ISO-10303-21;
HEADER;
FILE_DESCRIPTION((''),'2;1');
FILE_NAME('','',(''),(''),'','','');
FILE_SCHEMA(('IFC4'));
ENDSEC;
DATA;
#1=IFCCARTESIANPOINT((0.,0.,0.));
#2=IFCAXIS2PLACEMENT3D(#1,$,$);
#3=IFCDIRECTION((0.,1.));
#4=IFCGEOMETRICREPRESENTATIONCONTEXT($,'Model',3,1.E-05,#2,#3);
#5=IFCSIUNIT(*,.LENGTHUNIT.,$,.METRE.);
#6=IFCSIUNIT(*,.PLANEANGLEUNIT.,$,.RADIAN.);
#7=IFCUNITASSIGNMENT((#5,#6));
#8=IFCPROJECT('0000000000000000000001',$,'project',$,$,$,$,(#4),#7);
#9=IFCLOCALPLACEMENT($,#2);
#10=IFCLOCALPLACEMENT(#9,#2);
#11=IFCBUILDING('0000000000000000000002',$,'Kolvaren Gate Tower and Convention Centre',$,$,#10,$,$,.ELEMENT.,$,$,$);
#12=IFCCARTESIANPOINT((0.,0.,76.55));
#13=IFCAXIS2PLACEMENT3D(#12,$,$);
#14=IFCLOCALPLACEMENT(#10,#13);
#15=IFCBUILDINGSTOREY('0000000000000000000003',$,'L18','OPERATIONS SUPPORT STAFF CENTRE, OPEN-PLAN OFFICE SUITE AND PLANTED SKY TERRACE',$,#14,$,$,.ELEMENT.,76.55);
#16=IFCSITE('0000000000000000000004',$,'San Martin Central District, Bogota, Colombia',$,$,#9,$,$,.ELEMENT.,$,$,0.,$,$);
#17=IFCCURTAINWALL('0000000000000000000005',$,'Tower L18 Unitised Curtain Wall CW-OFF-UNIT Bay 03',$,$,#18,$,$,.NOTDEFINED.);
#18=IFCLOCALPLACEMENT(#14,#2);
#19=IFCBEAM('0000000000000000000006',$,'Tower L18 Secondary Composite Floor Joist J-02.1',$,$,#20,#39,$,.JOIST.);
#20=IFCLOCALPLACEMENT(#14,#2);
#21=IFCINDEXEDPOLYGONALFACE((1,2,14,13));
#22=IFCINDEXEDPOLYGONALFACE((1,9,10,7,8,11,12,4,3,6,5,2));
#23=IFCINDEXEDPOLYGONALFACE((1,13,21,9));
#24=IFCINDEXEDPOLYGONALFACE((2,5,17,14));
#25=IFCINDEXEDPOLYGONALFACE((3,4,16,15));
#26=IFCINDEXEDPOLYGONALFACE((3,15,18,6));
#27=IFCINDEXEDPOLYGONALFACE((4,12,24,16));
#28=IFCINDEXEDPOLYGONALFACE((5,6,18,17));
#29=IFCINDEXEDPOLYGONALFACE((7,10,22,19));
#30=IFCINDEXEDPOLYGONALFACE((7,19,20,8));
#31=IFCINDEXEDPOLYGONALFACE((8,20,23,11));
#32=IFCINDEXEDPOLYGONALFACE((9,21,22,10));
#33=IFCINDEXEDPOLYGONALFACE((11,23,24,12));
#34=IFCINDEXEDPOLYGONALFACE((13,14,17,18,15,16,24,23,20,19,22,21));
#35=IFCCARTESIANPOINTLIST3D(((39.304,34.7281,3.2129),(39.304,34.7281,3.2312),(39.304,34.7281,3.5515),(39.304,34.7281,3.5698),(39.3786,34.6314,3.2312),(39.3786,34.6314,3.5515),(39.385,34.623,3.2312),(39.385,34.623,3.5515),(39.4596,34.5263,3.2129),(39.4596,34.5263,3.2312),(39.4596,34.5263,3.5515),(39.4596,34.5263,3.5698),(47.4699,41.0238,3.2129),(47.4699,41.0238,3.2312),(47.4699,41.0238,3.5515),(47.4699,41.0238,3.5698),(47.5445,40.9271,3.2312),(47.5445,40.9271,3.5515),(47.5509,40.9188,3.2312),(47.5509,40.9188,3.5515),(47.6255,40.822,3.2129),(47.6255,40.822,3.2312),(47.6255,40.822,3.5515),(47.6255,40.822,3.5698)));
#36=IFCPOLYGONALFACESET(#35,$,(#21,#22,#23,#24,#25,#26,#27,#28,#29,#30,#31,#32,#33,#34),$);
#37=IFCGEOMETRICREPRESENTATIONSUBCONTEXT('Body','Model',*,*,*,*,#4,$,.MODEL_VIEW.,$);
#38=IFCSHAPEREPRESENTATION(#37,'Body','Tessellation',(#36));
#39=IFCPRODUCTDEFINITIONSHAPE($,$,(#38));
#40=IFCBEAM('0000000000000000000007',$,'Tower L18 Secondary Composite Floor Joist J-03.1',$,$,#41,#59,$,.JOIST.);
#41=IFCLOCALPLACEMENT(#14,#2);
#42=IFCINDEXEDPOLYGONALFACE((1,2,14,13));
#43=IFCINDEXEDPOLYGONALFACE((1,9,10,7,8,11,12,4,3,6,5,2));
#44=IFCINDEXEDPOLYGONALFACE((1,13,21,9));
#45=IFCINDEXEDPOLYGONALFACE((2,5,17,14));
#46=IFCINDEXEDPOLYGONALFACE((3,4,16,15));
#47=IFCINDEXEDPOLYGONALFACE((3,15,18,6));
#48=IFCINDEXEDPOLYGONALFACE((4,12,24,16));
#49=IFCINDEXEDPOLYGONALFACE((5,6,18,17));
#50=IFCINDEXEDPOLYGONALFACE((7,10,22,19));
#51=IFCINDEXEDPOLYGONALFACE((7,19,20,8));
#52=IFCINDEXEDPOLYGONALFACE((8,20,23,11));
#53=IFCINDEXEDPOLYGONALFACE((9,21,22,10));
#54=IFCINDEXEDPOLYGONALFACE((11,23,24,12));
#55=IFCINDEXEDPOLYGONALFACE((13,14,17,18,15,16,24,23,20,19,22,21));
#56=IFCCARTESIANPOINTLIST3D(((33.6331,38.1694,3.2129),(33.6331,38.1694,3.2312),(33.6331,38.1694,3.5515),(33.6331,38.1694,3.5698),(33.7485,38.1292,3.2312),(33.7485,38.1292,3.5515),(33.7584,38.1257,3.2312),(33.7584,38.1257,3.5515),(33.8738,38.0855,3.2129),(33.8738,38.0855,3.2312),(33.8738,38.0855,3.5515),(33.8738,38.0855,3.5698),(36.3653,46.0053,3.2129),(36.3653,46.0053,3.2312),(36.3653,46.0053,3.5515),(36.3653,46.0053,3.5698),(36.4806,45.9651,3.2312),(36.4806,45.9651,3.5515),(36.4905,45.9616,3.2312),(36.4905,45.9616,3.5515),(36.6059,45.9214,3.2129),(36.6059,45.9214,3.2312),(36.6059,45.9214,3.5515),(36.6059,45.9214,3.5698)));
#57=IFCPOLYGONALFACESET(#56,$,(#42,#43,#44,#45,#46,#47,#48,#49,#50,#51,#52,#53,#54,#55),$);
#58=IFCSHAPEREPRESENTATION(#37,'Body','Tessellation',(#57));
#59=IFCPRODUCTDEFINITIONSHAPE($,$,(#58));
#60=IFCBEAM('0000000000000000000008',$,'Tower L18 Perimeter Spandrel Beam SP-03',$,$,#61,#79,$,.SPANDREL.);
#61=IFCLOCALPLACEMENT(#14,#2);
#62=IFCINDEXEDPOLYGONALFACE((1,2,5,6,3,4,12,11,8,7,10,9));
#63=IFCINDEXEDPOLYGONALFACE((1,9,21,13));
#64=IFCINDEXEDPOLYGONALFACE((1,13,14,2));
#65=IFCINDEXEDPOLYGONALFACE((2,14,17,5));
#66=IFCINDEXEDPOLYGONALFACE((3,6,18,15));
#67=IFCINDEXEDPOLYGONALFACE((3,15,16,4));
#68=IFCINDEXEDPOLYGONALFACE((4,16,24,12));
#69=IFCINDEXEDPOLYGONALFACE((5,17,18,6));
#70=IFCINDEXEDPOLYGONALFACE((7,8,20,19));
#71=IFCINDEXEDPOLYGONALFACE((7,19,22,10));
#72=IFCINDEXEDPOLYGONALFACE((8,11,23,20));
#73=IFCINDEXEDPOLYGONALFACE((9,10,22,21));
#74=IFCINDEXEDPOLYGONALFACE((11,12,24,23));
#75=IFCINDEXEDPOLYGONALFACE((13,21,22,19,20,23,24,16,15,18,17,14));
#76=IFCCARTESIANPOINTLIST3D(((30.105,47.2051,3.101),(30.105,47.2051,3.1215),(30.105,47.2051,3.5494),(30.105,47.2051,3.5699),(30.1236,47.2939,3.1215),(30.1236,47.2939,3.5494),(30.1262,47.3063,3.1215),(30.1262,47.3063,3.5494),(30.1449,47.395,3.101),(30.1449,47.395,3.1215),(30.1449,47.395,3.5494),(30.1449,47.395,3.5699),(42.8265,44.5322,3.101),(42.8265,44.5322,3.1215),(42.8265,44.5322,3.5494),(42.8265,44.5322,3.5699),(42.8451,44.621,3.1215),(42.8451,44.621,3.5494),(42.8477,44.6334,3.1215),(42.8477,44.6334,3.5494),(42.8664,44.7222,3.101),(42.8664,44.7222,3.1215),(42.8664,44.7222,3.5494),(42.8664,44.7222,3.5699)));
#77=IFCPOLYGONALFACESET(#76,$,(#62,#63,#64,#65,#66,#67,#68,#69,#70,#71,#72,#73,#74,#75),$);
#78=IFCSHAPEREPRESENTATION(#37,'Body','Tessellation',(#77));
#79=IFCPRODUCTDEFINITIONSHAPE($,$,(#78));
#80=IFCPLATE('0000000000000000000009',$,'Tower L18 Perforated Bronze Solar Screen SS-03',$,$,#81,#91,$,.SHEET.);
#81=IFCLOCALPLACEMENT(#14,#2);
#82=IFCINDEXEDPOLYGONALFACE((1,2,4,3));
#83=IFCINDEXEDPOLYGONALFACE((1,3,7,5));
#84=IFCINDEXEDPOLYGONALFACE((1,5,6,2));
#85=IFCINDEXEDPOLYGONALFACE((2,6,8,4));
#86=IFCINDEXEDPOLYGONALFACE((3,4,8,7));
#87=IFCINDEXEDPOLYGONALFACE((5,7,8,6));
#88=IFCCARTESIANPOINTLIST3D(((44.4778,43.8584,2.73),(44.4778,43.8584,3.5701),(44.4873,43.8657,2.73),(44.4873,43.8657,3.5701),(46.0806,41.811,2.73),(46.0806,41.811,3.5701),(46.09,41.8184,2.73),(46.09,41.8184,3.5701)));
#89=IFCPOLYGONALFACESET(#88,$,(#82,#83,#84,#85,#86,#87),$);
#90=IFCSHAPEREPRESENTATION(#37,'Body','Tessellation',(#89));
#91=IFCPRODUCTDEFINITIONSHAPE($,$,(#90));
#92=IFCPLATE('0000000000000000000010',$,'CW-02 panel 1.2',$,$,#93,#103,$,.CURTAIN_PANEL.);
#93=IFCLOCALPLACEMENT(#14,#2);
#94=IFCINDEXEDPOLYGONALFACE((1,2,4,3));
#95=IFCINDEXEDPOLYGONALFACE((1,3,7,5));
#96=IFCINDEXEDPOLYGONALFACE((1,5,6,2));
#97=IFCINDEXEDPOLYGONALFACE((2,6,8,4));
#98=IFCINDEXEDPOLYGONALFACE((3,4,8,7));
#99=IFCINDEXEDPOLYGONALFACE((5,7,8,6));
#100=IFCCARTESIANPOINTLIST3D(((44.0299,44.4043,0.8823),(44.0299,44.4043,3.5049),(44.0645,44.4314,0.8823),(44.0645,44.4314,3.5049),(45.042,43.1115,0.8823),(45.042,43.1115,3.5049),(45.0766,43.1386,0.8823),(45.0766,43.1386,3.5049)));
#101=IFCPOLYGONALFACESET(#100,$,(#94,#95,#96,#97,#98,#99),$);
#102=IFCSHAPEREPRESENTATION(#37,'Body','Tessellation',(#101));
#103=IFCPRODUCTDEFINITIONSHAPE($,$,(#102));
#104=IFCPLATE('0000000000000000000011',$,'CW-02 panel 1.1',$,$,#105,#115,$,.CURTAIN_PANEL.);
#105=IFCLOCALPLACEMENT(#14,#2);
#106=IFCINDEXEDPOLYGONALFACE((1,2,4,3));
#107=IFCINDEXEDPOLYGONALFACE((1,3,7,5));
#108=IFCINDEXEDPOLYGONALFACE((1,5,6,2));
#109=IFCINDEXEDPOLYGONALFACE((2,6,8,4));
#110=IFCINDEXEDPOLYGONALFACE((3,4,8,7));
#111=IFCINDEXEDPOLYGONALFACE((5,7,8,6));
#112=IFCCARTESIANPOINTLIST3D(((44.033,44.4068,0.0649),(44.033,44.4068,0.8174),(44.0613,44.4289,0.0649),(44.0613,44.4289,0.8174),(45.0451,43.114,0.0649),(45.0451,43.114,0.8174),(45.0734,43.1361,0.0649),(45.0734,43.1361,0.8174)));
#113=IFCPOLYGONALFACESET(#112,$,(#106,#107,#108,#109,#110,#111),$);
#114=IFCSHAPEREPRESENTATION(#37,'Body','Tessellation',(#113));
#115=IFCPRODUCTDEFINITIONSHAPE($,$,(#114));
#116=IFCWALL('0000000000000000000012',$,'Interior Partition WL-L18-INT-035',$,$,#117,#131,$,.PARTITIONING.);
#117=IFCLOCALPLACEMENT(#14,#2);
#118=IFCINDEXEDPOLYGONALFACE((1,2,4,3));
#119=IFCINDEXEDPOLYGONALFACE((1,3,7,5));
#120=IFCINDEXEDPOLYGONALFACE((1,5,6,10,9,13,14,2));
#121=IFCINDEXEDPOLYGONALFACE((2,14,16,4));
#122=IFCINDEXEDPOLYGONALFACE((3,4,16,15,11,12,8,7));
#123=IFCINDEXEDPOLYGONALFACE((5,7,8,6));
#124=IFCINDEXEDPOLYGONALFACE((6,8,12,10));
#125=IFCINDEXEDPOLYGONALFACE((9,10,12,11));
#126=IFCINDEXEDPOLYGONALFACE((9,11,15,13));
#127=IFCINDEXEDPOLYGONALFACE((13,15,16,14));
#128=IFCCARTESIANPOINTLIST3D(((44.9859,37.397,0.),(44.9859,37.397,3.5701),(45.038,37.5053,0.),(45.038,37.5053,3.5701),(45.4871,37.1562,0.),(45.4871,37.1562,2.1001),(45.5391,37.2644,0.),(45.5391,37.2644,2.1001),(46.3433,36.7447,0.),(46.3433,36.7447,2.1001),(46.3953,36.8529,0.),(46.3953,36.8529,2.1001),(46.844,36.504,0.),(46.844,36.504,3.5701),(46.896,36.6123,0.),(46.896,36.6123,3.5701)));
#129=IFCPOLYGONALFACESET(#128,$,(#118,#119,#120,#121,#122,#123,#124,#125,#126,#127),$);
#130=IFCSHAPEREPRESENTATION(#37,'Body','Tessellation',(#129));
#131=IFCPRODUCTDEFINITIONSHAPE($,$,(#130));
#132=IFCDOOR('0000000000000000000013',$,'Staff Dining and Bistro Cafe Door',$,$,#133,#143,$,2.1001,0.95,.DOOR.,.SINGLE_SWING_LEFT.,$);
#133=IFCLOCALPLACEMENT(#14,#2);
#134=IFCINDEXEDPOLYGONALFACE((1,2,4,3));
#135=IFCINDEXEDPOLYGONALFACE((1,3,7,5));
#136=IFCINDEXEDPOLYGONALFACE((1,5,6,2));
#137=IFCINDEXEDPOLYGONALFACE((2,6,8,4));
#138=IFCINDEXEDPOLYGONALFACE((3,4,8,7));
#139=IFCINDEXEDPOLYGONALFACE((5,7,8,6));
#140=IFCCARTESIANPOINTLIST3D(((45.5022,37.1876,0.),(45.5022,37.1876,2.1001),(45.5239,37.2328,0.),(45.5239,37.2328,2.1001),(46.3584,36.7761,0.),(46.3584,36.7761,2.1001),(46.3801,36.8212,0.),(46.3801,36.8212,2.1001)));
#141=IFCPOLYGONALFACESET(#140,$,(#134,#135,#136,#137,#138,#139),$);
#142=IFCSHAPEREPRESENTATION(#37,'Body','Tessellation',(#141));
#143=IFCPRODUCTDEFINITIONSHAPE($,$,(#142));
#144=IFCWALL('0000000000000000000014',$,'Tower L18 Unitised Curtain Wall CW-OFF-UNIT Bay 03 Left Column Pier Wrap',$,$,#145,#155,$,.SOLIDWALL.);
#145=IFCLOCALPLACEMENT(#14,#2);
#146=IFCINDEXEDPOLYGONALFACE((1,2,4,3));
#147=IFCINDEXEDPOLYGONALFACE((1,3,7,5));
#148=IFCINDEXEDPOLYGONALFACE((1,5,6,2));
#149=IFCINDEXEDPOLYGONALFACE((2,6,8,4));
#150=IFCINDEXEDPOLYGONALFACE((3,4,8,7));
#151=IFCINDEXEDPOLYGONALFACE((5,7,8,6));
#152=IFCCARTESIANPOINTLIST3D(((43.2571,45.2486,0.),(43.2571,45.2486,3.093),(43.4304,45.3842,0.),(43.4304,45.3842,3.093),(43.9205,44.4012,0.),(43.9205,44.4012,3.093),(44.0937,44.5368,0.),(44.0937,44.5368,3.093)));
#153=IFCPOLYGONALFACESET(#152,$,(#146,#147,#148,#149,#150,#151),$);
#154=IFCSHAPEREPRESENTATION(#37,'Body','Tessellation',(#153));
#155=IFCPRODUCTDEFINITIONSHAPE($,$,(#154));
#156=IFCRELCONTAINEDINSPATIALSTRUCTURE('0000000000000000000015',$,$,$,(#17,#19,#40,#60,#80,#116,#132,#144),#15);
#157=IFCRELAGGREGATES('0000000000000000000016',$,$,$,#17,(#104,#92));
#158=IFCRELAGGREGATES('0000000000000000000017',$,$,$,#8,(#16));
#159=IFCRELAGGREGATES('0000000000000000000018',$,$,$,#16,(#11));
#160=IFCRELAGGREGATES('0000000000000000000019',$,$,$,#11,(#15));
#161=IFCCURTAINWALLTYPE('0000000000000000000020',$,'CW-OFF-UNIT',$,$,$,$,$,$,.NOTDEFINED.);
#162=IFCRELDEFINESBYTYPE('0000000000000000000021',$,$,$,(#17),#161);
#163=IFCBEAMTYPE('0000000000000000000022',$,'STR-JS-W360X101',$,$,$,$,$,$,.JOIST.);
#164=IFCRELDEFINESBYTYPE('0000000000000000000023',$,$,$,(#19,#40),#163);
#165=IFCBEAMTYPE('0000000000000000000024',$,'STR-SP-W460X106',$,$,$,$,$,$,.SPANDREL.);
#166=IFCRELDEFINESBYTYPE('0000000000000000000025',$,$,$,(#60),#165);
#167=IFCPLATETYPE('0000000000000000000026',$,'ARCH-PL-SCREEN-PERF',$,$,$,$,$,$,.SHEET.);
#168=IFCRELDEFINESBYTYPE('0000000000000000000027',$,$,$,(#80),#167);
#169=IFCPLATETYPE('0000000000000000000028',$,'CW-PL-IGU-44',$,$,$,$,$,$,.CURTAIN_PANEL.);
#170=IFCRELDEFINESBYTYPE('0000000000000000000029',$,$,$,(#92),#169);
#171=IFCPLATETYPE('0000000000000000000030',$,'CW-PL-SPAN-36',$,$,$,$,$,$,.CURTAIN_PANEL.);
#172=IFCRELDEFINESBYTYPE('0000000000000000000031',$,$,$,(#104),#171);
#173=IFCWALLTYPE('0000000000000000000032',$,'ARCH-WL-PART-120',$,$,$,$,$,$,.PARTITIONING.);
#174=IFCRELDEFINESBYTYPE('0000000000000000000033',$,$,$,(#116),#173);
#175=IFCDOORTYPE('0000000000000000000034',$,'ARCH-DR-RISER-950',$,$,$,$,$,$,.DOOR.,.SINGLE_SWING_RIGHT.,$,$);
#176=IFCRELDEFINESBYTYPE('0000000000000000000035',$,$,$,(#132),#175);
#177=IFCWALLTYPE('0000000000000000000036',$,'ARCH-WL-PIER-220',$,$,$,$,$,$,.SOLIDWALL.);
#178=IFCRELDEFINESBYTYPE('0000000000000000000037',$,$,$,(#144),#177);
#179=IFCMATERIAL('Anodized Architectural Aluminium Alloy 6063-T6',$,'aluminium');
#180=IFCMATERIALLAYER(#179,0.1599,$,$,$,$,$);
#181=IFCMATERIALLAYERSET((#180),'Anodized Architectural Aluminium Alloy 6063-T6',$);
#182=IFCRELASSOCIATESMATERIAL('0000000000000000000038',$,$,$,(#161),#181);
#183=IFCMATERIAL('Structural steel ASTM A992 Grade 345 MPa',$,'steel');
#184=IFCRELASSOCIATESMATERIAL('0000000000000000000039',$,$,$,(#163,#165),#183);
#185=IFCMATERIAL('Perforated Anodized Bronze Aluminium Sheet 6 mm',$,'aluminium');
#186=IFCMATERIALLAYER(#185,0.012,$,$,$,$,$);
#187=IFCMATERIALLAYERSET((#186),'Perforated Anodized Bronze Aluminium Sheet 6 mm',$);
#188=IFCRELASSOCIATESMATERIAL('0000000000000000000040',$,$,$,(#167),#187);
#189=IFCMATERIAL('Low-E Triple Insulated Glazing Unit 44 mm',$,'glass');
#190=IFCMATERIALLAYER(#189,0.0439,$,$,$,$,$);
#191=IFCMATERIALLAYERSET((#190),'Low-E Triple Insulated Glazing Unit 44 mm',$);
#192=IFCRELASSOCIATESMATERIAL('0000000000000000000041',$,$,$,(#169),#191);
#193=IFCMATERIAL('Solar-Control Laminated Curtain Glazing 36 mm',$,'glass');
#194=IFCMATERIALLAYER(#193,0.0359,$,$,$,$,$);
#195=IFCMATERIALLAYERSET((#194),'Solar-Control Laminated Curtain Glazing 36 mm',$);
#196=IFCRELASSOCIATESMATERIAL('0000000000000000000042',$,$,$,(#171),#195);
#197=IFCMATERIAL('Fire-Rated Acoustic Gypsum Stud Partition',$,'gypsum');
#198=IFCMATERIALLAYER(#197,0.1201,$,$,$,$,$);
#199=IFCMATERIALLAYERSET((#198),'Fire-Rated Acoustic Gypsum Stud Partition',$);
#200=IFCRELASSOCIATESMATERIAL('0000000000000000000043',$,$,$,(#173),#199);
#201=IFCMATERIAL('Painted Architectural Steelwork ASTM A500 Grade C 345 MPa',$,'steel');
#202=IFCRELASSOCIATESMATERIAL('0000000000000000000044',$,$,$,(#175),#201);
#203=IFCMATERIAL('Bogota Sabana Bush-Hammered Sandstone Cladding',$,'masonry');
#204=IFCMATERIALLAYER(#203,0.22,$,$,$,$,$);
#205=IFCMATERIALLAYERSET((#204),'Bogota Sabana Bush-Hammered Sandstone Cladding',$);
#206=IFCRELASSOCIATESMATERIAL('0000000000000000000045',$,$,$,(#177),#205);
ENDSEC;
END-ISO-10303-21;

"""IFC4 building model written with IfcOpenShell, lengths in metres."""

from ifc_helpers import new_model, si_unit, direction, frame, frame_2d, origin, origin_2d, place, context, subcontext, project, spatial, rectangle, i_section, extrude, material, layer, layer_set, material_profile, profile_set, type_object, element, fill, aggregate, save


model = new_model("IFC4")

# Units and contexts
model_context = context("Model", 3, precision=1e-05, world=origin(), true_north=direction((0.0, 1.0)))
body_context = subcontext(model_context, "Body", "Model", "MODEL_VIEW")
ifc_project = project(units=[si_unit("LENGTHUNIT", "METRE"), si_unit("PLANEANGLEUNIT", "RADIAN")], contexts=[model_context])

# Site, building, storey
site_placement = place(None, origin())
site = spatial("IfcSite", under=ifc_project, at=site_placement, Name="San Martin Central District, Bogota, Colombia", CompositionType="ELEMENT", RefElevation=0.0)
building_placement = place(site_placement, origin())
building = spatial("IfcBuilding", under=site, at=building_placement, Name="Kolvaren Gate Tower and Convention Centre", CompositionType="ELEMENT")
storey_placement = place(building_placement, frame((0.0, 0.0, 76.55)))
storey = spatial("IfcBuildingStorey", under=building, at=storey_placement, Name="L18", Description="OPERATIONS SUPPORT STAFF CENTRE, OPEN-PLAN OFFICE SUITE AND PLANTED SKY TERRACE", CompositionType="ELEMENT", Elevation=76.55)

# Curtain wall
ifc_material_1 = material(Name="Anodized Architectural Aluminium Alloy 6063-T6", Category="aluminium")
ifc_layer_1 = layer(ifc_material_1, 0.1599)
ifc_layer_set_1 = layer_set([ifc_layer_1], Name="Anodized Architectural Aluminium Alloy 6063-T6")
curtain_wall_type = type_object("IfcCurtainWallType", Name="CW-OFF-UNIT", PredefinedType="NOTDEFINED", material=ifc_layer_set_1)
curtain_wall_placement = place(storey_placement, origin())
curtain_wall = element("IfcCurtainWall", 1, at=curtain_wall_placement, inside=storey, type_object=curtain_wall_type, Name="Tower L18 Unitised Curtain Wall CW-OFF-UNIT Bay 03", PredefinedType="NOTDEFINED")

# Beams
ifc_material_2 = material(Name="Structural steel ASTM A992 Grade 345 MPa", Category="steel")
ifc_material_profile_1 = material_profile(ifc_material_2, i_section(OverallWidth=0.2549, OverallDepth=0.3569, WebThickness=0.0105, FlangeThickness=0.0183, at=origin_2d()), Name="W360X101")
ifc_profile_set_1 = profile_set([ifc_material_profile_1], Name="Structural steel ASTM A992 Grade 345 MPa")
beam_type_1 = type_object("IfcBeamType", Name="STR-JS-W360X101", PredefinedType="JOIST", material=ifc_profile_set_1)
beam_1_placement = place(storey_placement, frame((39.3818, 34.6272, 3.3914), z_axis=(0.791954, 0.610581, 0.0), x_axis=(-0.610581, 0.791954, 0.0)))
element("IfcBeam", 2, at=beam_1_placement, inside=storey, type_object=beam_type_1, Name="Tower L18 Secondary Composite Floor Joist J-02.1", PredefinedType="JOIST", context=body_context, shape_type="SweptSolid", body=[
    extrude(i_section(OverallWidth=0.2549, OverallDepth=0.3569, WebThickness=0.0105, FlangeThickness=0.0183, at=origin_2d()), origin(), (0.0, 0.0, 1.0), 10.311),
])
beam_2_placement = place(storey_placement, frame((33.7534, 38.1274, 3.3914), z_axis=(0.329234, 0.944248, 0.0), x_axis=(-0.944248, 0.329234, 0.0)))
element("IfcBeam", 3, at=beam_2_placement, inside=storey, type_object=beam_type_1, Name="Tower L18 Secondary Composite Floor Joist J-03.1", PredefinedType="JOIST", context=body_context, shape_type="SweptSolid", body=[
    extrude(i_section(OverallWidth=0.2549, OverallDepth=0.3569, WebThickness=0.0105, FlangeThickness=0.0183, at=origin_2d()), origin(), (0.0, 0.0, 1.0), 8.2986),
])
ifc_material_profile_2 = material_profile(ifc_material_2, i_section(OverallWidth=0.1941, OverallDepth=0.469, WebThickness=0.0127, FlangeThickness=0.0205, at=origin_2d()), Name="W460X106")
ifc_profile_set_2 = profile_set([ifc_material_profile_2], Name="Structural steel ASTM A992 Grade 345 MPa")
beam_type_2 = type_object("IfcBeamType", Name="STR-SP-W460X106", PredefinedType="SPANDREL", material=ifc_profile_set_2)
beam_3_placement = place(storey_placement, frame((42.8464, 44.6272, 3.3354), z_axis=(-0.978633, 0.205617, 0.0), x_axis=(-0.205617, -0.978633, 0.0)))
element("IfcBeam", 4, at=beam_3_placement, inside=storey, type_object=beam_type_2, Name="Tower L18 Perimeter Spandrel Beam SP-03", PredefinedType="SPANDREL", context=body_context, shape_type="SweptSolid", body=[
    extrude(i_section(OverallWidth=0.1941, OverallDepth=0.469, WebThickness=0.0127, FlangeThickness=0.0205, at=origin_2d()), origin(), (0.0, 0.0, 1.0), 12.9993),
])

# Plates
ifc_material_3 = material(Name="Perforated Anodized Bronze Aluminium Sheet 6 mm", Category="aluminium")
ifc_layer_2 = layer(ifc_material_3, 0.012)
ifc_layer_set_2 = layer_set([ifc_layer_2], Name="Perforated Anodized Bronze Aluminium Sheet 6 mm")
plate_type_1 = type_object("IfcPlateType", Name="ARCH-PL-SCREEN-PERF", PredefinedType="SHEET", material=ifc_layer_set_2)
plate_1_placement = place(storey_placement, frame((45.2839, 42.8384, 2.73), z_axis=(0.0, 0.0, 1.0), x_axis=(0.616431, -0.787409, 0.0)))
element("IfcPlate", 5, at=plate_1_placement, inside=storey, type_object=plate_type_1, Name="Tower L18 Perforated Bronze Solar Screen SS-03", PredefinedType="SHEET", context=body_context, shape_type="SweptSolid", body=[
    extrude(rectangle(XDim=2.6001, YDim=0.012, at=origin_2d()), origin(), (0.0, 0.0, 1.0), 0.8401),
])
ifc_material_4 = material(Name="Low-E Triple Insulated Glazing Unit 44 mm", Category="glass")
ifc_layer_3 = layer(ifc_material_4, 0.0439)
ifc_layer_set_3 = layer_set([ifc_layer_3], Name="Low-E Triple Insulated Glazing Unit 44 mm")
plate_type_2 = type_object("IfcPlateType", Name="CW-PL-IGU-44", PredefinedType="CURTAIN_PANEL", material=ifc_layer_set_3)
plate_2_placement = place(storey_placement, frame((44.5532, 43.7715, 0.8823), z_axis=(0.0, 0.0, 1.0), x_axis=(0.616434, -0.787406, 0.0)))
plate_2 = element("IfcPlate", 6, at=plate_2_placement, type_object=plate_type_2, Name="CW-02 panel 1.2", PredefinedType="CURTAIN_PANEL", context=body_context, shape_type="SweptSolid", body=[
    extrude(rectangle(XDim=1.6418, YDim=0.0439, at=origin_2d()), origin(), (0.0, 0.0, 1.0), 2.6226),
])
ifc_material_5 = material(Name="Solar-Control Laminated Curtain Glazing 36 mm", Category="glass")
ifc_layer_4 = layer(ifc_material_5, 0.0359)
ifc_layer_set_4 = layer_set([ifc_layer_4], Name="Solar-Control Laminated Curtain Glazing 36 mm")
plate_type_3 = type_object("IfcPlateType", Name="CW-PL-SPAN-36", PredefinedType="CURTAIN_PANEL", material=ifc_layer_set_4)
plate_3_placement = place(storey_placement, frame((44.5532, 43.7715, 0.0649), z_axis=(0.0, 0.0, 1.0), x_axis=(0.616434, -0.787406, 0.0)))
plate_3 = element("IfcPlate", 7, at=plate_3_placement, type_object=plate_type_3, Name="CW-02 panel 1.1", PredefinedType="CURTAIN_PANEL", context=body_context, shape_type="SweptSolid", body=[
    extrude(rectangle(XDim=1.6418, YDim=0.0359, at=origin_2d()), origin(), (0.0, 0.0, 1.0), 0.7524),
])
aggregate(curtain_wall, [plate_3, plate_2])

# Wall, opening, door
ifc_material_6 = material(Name="Fire-Rated Acoustic Gypsum Stud Partition", Category="gypsum")
ifc_layer_5 = layer(ifc_material_6, 0.1201)
ifc_layer_set_5 = layer_set([ifc_layer_5], Name="Fire-Rated Acoustic Gypsum Stud Partition")
wall_type_1 = type_object("IfcWallType", Name="ARCH-WL-PART-120", PredefinedType="PARTITIONING", material=ifc_layer_set_5)
wall_1_placement = place(storey_placement, frame((45.012, 37.4512, 0.0), z_axis=(0.0, 0.0, 1.0), x_axis=(0.901305, -0.433185, 0.0)))
wall_1 = element("IfcWall", 8, at=wall_1_placement, inside=storey, type_object=wall_type_1, Name="Interior Partition WL-L18-INT-035", PredefinedType="PARTITIONING", context=body_context, shape_type="SweptSolid", body=[
    extrude(rectangle(XDim=2.0615, YDim=0.1201, at=frame_2d((1.0308, 0.0))), origin(), (0.0, 0.0, 1.0), 3.5701),
])
opening_1_placement = place(wall_1_placement, frame((0.5559, 0.0, 0.0)))
opening_1 = element("IfcOpeningElement", 9, at=opening_1_placement, cuts=wall_1, PredefinedType="OPENING", context=body_context, shape_type="SweptSolid", body=[
    extrude(rectangle(XDim=0.95, YDim=2.1001, at=frame_2d((0.4751, 1.05))), frame((0.0, 0.0701, 0.0), z_axis=(0.0, -1.0, 0.0), x_axis=(1.0, 0.0, 0.0)), (0.0, 0.0, 1.0), 0.1401),
])
ifc_material_7 = material(Name="Painted Architectural Steelwork ASTM A500 Grade C 345 MPa", Category="steel")
door_type = type_object("IfcDoorType", Name="ARCH-DR-RISER-950", OperationType="SINGLE_SWING_RIGHT", PredefinedType="DOOR", material=ifc_material_7)
door_placement = place(opening_1_placement, origin())
door = element("IfcDoor", 10, at=door_placement, inside=storey, type_object=door_type, Name="Staff Dining and Bistro Cafe Door", OperationType="SINGLE_SWING_LEFT", OverallHeight=2.1001, OverallWidth=0.95, PredefinedType="DOOR", context=body_context, shape_type="SweptSolid", body=[
    extrude(rectangle(XDim=0.95, YDim=2.1001, at=frame_2d((0.4751, 1.05))), frame((0.0, 0.0249, 0.0), z_axis=(0.0, -1.0, 0.0), x_axis=(1.0, 0.0, 0.0)), (0.0, 0.0, 1.0), 0.05),
])
fill(opening_1, door)

# Wall
ifc_material_8 = material(Name="Bogota Sabana Bush-Hammered Sandstone Cladding", Category="masonry")
ifc_layer_6 = layer(ifc_material_8, 0.22)
ifc_layer_set_6 = layer_set([ifc_layer_6], Name="Bogota Sabana Bush-Hammered Sandstone Cladding")
wall_type_2 = type_object("IfcWallType", Name="ARCH-WL-PIER-220", PredefinedType="SOLIDWALL", material=ifc_layer_set_6)
wall_2_placement = place(storey_placement, frame((43.3438, 45.3164, 0.0), z_axis=(0.0, 0.0, 1.0), x_axis=(0.616388, -0.787443, 0.0)))
element("IfcWall", 11, at=wall_2_placement, inside=storey, type_object=wall_type_2, Name="Tower L18 Unitised Curtain Wall CW-OFF-UNIT Bay 03 Left Column Pier Wrap", PredefinedType="SOLIDWALL", context=body_context, shape_type="SweptSolid", body=[
    extrude(rectangle(XDim=1.0762, YDim=0.22, at=frame_2d((0.5381, 0.0))), origin(), (0.0, 0.0, 1.0), 3.093),
])

save(model, "model.ifc")
